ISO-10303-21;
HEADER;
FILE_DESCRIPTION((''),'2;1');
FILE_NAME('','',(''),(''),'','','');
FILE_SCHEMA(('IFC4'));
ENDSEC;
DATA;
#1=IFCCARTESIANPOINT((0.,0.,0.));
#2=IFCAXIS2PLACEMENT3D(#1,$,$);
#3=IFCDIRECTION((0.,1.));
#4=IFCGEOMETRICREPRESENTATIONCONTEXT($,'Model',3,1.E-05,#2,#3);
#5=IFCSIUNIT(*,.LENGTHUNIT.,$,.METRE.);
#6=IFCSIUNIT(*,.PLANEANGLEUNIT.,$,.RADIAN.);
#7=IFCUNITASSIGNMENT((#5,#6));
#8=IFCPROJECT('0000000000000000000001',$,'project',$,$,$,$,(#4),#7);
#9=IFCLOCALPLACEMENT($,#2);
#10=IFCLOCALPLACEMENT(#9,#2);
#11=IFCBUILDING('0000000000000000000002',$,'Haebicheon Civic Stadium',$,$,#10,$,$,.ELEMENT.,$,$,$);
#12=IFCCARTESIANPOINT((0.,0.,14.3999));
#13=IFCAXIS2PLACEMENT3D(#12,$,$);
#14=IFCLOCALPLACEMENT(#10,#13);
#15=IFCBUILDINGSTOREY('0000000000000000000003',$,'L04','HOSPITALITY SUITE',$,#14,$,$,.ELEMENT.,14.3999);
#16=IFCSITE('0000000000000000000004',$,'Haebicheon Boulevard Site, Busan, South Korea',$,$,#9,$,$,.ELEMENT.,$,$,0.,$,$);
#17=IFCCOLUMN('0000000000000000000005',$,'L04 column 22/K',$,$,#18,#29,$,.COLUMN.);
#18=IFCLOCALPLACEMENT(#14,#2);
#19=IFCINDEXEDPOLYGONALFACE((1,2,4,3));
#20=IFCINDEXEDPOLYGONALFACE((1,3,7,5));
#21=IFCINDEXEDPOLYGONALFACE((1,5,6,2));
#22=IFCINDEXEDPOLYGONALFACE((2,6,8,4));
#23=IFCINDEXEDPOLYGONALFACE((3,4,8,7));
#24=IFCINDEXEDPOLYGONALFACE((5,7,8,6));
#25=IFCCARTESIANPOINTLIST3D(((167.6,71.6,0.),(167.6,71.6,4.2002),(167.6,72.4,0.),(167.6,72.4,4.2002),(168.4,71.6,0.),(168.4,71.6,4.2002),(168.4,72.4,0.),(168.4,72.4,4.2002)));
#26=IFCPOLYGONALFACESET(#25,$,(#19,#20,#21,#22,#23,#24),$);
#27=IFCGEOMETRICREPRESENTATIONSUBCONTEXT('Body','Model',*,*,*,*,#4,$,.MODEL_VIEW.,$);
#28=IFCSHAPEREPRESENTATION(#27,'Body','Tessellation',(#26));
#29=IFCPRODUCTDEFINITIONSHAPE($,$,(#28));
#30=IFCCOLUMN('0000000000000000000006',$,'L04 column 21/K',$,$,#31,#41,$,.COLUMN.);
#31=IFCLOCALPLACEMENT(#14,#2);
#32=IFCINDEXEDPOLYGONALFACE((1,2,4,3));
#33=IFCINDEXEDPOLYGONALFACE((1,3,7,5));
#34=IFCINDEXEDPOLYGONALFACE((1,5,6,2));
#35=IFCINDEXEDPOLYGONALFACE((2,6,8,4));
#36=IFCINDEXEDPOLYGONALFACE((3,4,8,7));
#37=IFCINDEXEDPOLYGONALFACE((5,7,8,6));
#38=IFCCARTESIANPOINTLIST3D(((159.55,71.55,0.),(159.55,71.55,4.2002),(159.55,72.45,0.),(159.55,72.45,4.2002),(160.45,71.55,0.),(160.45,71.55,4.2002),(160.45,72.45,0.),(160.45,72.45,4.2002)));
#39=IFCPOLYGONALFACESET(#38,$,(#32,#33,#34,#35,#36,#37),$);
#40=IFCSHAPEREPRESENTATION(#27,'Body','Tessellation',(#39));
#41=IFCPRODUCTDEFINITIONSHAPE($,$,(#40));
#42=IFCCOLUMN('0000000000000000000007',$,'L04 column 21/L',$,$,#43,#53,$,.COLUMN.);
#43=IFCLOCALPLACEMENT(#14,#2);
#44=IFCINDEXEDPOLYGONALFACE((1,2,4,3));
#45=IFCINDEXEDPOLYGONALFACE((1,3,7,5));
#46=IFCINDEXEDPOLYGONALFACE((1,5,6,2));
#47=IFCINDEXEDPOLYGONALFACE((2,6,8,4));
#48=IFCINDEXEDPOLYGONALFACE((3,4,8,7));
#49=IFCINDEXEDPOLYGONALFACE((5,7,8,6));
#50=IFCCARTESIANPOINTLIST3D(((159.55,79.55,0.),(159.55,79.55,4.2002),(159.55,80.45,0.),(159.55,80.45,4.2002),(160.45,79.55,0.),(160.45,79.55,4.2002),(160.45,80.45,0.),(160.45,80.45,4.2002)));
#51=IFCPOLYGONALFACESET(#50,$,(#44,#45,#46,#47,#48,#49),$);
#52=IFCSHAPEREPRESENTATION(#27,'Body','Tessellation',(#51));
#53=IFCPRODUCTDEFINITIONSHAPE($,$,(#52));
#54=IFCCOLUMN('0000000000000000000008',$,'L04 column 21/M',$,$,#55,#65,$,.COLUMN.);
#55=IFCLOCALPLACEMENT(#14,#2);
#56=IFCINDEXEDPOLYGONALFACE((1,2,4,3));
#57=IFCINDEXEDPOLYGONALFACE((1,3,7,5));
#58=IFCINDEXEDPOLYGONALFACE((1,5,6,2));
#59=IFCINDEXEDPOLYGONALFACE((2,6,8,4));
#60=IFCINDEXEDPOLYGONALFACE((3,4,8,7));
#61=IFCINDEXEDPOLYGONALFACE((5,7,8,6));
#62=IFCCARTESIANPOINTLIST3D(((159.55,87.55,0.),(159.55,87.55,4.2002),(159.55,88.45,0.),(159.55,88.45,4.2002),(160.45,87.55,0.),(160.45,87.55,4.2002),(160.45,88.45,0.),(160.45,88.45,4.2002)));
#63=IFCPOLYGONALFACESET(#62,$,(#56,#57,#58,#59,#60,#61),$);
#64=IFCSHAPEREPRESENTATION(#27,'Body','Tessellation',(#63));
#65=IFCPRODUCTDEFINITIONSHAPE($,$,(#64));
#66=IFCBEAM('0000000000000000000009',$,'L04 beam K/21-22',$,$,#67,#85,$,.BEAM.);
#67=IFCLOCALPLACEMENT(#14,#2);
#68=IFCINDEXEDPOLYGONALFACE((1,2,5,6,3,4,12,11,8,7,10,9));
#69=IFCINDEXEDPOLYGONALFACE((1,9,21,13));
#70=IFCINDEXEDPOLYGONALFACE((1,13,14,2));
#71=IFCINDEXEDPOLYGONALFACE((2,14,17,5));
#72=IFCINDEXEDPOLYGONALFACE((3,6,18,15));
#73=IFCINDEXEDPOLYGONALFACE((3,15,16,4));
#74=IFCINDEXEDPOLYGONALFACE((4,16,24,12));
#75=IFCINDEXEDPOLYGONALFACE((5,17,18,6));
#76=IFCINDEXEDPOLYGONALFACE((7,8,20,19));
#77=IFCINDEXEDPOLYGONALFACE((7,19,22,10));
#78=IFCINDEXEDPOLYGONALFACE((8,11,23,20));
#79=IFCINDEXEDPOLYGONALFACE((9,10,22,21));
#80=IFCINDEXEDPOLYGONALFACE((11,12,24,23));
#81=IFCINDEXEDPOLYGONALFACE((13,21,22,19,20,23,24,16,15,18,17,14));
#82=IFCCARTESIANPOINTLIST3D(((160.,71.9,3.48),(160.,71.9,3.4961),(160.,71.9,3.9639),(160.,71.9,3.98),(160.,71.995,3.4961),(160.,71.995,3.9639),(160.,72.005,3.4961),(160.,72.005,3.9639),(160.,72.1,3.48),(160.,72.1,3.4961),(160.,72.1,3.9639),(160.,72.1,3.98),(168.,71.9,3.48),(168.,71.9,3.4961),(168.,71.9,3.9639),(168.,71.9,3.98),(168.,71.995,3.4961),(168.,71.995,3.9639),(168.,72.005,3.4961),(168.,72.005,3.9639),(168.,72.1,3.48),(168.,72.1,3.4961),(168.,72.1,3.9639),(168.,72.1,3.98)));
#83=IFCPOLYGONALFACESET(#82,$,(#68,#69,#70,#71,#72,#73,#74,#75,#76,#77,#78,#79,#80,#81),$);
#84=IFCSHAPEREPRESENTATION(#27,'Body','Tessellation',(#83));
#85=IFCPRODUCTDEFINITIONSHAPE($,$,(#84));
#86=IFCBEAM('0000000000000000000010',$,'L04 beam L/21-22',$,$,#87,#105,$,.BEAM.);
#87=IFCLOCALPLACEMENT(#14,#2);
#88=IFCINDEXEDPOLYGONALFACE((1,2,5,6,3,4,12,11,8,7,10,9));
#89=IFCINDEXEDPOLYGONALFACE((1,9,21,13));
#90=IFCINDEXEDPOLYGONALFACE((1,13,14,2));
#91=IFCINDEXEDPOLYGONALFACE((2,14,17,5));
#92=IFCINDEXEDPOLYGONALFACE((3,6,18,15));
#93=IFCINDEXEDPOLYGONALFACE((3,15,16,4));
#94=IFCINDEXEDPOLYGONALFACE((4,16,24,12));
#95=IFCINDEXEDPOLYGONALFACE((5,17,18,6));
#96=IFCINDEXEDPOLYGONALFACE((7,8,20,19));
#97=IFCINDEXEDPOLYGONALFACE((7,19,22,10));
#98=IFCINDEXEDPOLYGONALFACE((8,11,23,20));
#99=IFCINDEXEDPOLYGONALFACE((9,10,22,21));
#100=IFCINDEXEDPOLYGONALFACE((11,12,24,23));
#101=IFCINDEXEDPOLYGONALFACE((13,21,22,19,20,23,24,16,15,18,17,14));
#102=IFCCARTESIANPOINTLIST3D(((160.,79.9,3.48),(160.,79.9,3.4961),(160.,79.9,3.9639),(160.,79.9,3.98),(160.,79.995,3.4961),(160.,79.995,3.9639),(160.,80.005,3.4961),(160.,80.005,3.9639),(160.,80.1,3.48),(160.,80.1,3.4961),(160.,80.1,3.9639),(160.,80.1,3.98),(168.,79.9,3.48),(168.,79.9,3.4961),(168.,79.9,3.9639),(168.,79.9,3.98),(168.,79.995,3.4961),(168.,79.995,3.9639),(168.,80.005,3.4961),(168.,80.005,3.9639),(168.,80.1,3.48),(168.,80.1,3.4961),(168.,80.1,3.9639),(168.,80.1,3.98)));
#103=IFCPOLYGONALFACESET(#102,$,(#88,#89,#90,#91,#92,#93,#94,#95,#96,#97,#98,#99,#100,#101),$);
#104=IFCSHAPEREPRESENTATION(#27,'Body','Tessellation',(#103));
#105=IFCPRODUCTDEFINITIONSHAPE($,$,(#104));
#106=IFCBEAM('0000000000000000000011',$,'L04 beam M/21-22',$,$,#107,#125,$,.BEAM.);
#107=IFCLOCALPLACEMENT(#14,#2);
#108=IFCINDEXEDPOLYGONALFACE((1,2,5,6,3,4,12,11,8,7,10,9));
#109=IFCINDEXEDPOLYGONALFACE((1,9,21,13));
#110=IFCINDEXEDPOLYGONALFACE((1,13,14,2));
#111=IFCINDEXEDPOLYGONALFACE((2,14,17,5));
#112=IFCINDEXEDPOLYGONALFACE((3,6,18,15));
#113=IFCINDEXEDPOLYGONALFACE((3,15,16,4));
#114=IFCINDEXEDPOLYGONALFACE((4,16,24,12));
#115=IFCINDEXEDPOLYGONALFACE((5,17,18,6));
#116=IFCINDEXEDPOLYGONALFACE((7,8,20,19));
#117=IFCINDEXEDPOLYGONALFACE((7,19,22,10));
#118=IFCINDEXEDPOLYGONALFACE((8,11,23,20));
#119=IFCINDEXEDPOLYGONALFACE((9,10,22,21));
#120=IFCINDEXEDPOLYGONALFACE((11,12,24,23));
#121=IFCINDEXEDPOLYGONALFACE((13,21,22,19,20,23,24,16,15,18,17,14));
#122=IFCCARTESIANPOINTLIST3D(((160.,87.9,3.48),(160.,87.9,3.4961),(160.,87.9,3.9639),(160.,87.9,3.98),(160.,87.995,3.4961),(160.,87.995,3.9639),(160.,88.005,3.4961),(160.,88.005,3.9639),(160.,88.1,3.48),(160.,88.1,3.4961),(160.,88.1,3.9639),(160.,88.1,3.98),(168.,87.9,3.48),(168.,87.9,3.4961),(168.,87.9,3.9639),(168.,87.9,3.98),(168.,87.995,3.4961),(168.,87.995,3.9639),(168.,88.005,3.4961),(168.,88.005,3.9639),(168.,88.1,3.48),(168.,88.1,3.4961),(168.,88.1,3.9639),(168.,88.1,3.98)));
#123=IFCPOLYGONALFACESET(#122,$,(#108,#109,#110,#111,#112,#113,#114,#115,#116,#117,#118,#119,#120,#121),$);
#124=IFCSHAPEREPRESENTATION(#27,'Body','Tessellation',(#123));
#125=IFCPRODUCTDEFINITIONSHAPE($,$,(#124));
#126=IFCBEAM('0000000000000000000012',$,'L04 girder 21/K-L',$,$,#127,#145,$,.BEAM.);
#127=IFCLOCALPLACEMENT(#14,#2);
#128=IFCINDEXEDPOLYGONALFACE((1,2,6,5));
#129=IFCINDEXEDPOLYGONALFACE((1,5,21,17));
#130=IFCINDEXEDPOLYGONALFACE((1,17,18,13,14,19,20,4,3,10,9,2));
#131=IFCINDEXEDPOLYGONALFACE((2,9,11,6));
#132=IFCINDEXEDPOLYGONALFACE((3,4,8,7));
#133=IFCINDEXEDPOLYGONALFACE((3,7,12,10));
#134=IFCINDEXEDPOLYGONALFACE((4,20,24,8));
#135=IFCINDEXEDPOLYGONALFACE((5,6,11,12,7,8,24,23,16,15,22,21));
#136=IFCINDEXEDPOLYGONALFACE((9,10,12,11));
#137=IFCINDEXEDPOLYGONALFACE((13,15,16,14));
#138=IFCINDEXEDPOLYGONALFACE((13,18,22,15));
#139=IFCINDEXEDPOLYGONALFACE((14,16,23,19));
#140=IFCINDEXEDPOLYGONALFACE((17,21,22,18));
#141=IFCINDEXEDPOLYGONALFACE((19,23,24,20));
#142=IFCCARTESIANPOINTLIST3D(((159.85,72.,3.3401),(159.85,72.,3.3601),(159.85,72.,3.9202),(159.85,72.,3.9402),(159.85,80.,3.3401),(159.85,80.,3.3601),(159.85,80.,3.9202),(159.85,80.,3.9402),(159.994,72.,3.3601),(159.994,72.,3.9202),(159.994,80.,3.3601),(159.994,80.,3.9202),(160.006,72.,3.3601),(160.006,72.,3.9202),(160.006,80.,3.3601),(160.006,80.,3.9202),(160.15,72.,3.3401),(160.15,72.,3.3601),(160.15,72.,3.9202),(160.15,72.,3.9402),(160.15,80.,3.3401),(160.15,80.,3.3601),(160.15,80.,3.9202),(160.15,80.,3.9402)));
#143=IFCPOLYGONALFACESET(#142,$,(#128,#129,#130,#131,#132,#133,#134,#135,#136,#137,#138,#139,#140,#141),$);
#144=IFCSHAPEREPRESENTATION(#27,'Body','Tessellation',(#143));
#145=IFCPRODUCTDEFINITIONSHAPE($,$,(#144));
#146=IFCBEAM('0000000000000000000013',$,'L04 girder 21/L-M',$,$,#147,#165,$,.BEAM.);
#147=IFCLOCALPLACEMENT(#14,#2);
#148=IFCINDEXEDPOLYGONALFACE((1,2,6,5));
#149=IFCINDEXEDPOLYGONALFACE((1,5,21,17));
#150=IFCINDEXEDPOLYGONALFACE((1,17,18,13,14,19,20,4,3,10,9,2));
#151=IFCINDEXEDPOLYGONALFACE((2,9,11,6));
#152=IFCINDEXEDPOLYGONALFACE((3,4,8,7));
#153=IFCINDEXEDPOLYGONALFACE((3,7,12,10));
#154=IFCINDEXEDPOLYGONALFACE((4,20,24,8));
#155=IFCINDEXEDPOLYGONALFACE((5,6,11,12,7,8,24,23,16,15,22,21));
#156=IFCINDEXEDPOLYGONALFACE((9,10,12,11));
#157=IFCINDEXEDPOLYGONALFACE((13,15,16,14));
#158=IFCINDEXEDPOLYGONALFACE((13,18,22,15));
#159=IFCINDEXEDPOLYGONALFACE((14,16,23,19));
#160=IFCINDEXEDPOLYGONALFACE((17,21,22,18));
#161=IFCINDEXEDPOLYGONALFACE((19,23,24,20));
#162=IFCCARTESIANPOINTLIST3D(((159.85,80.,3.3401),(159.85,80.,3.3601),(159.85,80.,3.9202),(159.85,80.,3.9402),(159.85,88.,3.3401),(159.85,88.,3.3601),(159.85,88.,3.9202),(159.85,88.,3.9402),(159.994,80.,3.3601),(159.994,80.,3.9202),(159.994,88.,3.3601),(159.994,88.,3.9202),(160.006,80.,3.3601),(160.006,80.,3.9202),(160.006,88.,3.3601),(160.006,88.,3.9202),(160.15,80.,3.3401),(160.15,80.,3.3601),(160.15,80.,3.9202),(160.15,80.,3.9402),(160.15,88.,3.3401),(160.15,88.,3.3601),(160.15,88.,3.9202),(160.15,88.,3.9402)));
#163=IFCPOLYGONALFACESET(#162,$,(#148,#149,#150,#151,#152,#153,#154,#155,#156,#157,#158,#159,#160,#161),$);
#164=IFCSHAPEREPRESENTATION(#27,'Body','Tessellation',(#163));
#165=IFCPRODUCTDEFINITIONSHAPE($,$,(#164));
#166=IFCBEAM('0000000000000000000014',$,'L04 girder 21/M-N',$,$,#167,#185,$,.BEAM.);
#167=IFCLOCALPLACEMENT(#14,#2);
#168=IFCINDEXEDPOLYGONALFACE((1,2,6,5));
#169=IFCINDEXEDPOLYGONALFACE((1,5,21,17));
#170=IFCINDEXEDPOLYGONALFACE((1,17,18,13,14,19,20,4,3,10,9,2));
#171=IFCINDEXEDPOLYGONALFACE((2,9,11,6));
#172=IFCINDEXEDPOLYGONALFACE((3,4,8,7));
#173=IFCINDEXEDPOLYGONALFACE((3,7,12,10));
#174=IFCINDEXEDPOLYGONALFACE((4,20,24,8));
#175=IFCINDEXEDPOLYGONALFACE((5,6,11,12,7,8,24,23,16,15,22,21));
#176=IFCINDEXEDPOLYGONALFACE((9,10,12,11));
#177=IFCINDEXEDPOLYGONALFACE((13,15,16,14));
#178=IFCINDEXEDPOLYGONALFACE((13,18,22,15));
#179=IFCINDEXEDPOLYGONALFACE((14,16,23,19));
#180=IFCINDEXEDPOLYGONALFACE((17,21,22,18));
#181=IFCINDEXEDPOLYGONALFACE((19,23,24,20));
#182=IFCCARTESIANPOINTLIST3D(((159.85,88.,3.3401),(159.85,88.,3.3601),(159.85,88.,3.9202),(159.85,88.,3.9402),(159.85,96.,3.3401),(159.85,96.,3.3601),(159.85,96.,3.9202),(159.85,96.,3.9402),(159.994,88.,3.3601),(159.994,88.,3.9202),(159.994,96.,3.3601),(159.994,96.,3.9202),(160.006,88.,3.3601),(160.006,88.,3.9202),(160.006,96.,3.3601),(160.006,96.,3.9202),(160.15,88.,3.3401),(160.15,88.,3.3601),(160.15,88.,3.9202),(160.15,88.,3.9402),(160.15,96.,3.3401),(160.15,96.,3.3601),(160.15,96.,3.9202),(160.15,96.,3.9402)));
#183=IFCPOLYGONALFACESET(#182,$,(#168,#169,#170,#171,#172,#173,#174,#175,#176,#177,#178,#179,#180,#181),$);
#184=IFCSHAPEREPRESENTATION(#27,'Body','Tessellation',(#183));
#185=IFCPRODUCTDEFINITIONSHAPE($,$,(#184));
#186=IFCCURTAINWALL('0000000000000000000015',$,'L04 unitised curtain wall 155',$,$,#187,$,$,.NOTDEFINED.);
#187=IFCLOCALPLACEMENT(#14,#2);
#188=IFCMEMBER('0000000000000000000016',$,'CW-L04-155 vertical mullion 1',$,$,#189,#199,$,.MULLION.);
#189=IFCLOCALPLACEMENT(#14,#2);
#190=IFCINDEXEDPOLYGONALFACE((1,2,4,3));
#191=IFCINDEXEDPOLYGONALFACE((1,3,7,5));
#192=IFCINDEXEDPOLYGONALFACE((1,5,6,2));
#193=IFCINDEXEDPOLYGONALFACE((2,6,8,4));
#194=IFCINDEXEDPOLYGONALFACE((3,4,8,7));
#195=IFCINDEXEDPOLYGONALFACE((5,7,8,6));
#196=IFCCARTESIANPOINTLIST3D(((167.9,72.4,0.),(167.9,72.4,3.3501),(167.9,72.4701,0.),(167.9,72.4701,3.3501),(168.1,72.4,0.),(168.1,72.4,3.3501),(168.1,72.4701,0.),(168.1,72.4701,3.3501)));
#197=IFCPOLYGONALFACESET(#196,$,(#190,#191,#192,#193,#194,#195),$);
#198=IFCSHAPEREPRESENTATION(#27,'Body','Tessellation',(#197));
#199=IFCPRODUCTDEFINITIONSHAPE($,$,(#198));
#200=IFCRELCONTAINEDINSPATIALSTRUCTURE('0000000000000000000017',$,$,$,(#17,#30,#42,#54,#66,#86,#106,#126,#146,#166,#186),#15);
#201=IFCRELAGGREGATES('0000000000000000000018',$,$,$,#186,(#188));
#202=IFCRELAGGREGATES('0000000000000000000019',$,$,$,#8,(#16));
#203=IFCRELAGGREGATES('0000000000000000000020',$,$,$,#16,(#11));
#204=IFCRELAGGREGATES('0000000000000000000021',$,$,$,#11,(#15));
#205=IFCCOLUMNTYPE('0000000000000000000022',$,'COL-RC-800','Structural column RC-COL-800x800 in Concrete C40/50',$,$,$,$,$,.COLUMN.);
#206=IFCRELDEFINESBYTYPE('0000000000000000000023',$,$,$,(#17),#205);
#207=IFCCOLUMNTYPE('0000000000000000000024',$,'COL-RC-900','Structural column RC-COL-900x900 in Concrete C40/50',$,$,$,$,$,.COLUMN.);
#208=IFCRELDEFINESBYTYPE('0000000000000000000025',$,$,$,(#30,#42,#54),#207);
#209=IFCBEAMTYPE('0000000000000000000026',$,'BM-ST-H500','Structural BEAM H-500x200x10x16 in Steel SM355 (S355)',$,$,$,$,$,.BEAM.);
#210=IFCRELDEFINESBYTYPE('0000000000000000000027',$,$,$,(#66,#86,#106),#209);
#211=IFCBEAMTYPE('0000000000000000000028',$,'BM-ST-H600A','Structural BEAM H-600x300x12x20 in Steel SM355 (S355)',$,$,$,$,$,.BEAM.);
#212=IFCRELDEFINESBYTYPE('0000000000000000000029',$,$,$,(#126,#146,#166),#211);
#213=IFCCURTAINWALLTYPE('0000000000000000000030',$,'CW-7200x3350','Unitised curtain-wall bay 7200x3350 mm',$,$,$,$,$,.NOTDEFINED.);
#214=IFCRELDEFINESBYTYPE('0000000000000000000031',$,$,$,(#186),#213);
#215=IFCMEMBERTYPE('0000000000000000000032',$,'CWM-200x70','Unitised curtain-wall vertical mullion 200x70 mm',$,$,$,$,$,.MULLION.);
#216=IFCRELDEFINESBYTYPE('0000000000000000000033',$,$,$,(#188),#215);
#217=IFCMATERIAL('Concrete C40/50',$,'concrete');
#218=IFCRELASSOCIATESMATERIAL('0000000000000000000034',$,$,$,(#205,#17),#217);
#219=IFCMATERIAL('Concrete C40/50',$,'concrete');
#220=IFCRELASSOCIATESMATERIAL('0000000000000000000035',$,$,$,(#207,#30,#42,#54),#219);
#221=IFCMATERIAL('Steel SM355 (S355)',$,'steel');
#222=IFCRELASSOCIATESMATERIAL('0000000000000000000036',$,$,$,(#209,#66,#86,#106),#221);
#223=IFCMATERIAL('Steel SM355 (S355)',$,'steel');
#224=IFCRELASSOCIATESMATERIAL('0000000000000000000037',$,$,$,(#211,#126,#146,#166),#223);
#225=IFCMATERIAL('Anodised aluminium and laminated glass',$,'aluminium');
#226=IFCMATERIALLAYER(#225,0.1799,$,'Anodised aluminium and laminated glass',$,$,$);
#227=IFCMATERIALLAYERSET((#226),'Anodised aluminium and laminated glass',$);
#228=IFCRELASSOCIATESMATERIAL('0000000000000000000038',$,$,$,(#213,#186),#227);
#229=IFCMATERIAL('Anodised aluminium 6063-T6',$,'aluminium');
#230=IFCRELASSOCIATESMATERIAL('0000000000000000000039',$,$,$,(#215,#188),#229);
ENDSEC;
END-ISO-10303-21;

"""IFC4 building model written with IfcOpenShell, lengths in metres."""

from ifc_helpers import new_model, si_unit, direction, frame, origin, origin_2d, place, context, subcontext, project, spatial, rectangle, i_section, extrude, material, layer, layer_set, material_profile, profile_set, type_object, element, aggregate, save


model = new_model("IFC4")

# Units and contexts
model_context = context("Model", 3, precision=1e-05, world=origin(), true_north=direction((0.0, 1.0)))
body_context = subcontext(model_context, "Body", "Model", "MODEL_VIEW")
ifc_project = project(units=[si_unit("LENGTHUNIT", "METRE"), si_unit("PLANEANGLEUNIT", "RADIAN")], contexts=[model_context])

# Site, building, storey
site_placement = place(None, origin())
site = spatial("IfcSite", under=ifc_project, at=site_placement, Name="Haebicheon Boulevard Site, Busan, South Korea", CompositionType="ELEMENT", RefElevation=0.0)
building_placement = place(site_placement, origin())
building = spatial("IfcBuilding", under=site, at=building_placement, Name="Haebicheon Civic Stadium", CompositionType="ELEMENT")
storey_placement = place(building_placement, frame((0.0, 0.0, 14.3999)))
storey = spatial("IfcBuildingStorey", under=building, at=storey_placement, Name="L04", Description="HOSPITALITY SUITE", CompositionType="ELEMENT", Elevation=14.3999)

# Columns
ifc_material_1 = material(Name="Concrete C40/50", Category="concrete")
ifc_material_profile_1 = material_profile(ifc_material_1, rectangle(XDim=0.8, YDim=0.8, at=origin_2d()), Name="RC-COL-800x800")
ifc_profile_set_1 = profile_set([ifc_material_profile_1], Name="Concrete C40/50")
column_type_1 = type_object("IfcColumnType", Name="COL-RC-800", Description="Structural column RC-COL-800x800 in Concrete C40/50", PredefinedType="COLUMN", material=ifc_profile_set_1)
column_placement = place(storey_placement, frame((168.0, 72.0, 0.0), z_axis=(0.0, 0.0, 1.0), x_axis=(1.0, 0.0, 0.0)))
element("IfcColumn", 1, at=column_placement, inside=storey, type_object=column_type_1, material=ifc_profile_set_1, Name="L04 column 22/K", PredefinedType="COLUMN", context=body_context, shape_type="SweptSolid", body=[
    extrude(rectangle(XDim=0.8, YDim=0.8, at=origin_2d()), origin(), (0.0, 0.0, 1.0), 4.2002),
])
ifc_material_2 = material(Name="Concrete C40/50", Category="concrete")
ifc_material_profile_2 = material_profile(ifc_material_2, rectangle(XDim=0.8999, YDim=0.8999, at=origin_2d()), Name="RC-COL-900x900")
ifc_profile_set_2 = profile_set([ifc_material_profile_2], Name="Concrete C40/50")
column_type_2 = type_object("IfcColumnType", Name="COL-RC-900", Description="Structural column RC-COL-900x900 in Concrete C40/50", PredefinedType="COLUMN", material=ifc_profile_set_2)
for number, where, z_axis, x_axis, name in (
    (2, (160.0, 72.0, 0.0), (0.0, 0.0, 1.0), (1.0, 0.0, 0.0), "L04 column 21/K"),
    (3, (160.0, 80.0, 0.0), (0.0, 0.0, 1.0), (1.0, 0.0, 0.0), "L04 column 21/L"),
    (4, (160.0, 88.0, 0.0), (0.0, 0.0, 1.0), (1.0, 0.0, 0.0), "L04 column 21/M"),
):
    element("IfcColumn", number, at=place(storey_placement, frame(where, z_axis=z_axis, x_axis=x_axis)), inside=storey, type_object=column_type_2, material=ifc_profile_set_2, Name=name, PredefinedType="COLUMN", context=body_context, shape_type="SweptSolid", body=[
        extrude(rectangle(XDim=0.8999, YDim=0.8999, at=origin_2d()), origin(), (0.0, 0.0, 1.0), 4.2002),
    ])

# Beams
ifc_material_3 = material(Name="Steel SM355 (S355)", Category="steel")
ifc_material_profile_3 = material_profile(ifc_material_3, i_section(OverallWidth=0.2, OverallDepth=0.5, WebThickness=0.01, FlangeThickness=0.0161, at=origin_2d()), Name="H-500x200x10x16")
ifc_profile_set_3 = profile_set([ifc_material_profile_3], Name="Steel SM355 (S355)")
beam_type_1 = type_object("IfcBeamType", Name="BM-ST-H500", Description="Structural BEAM H-500x200x10x16 in Steel SM355 (S355)", PredefinedType="BEAM", material=ifc_profile_set_3)
for number, where, z_axis, x_axis, name in (
    (5, (160.0, 72.0, 3.73), (1.0, 0.0, 0.0), (0.0, 1.0, 0.0), "L04 beam K/21-22"),
    (6, (160.0, 80.0, 3.73), (1.0, 0.0, 0.0), (0.0, 1.0, 0.0), "L04 beam L/21-22"),
    (7, (160.0, 88.0, 3.73), (1.0, 0.0, 0.0), (0.0, 1.0, 0.0), "L04 beam M/21-22"),
):
    element("IfcBeam", number, at=place(storey_placement, frame(where, z_axis=z_axis, x_axis=x_axis)), inside=storey, type_object=beam_type_1, material=ifc_profile_set_3, Name=name, PredefinedType="BEAM", context=body_context, shape_type="SweptSolid", body=[
        extrude(i_section(OverallWidth=0.2, OverallDepth=0.5, WebThickness=0.01, FlangeThickness=0.0161, at=origin_2d()), origin(), (0.0, 0.0, 1.0), 8.0),
    ])
ifc_material_4 = material(Name="Steel SM355 (S355)", Category="steel")
ifc_material_profile_4 = material_profile(ifc_material_4, i_section(OverallWidth=0.3, OverallDepth=0.6001, WebThickness=0.012, FlangeThickness=0.02, at=origin_2d()), Name="H-600x300x12x20")
ifc_profile_set_4 = profile_set([ifc_material_profile_4], Name="Steel SM355 (S355)")
beam_type_2 = type_object("IfcBeamType", Name="BM-ST-H600A", Description="Structural BEAM H-600x300x12x20 in Steel SM355 (S355)", PredefinedType="BEAM", material=ifc_profile_set_4)
for number, where, z_axis, x_axis, name in (
    (8, (160.0, 72.0, 3.6401), (0.0, 1.0, 0.0), (-1.0, 0.0, 0.0), "L04 girder 21/K-L"),
    (9, (160.0, 80.0, 3.6401), (0.0, 1.0, 0.0), (-1.0, 0.0, 0.0), "L04 girder 21/L-M"),
    (10, (160.0, 88.0, 3.6401), (0.0, 1.0, 0.0), (-1.0, 0.0, 0.0), "L04 girder 21/M-N"),
):
    element("IfcBeam", number, at=place(storey_placement, frame(where, z_axis=z_axis, x_axis=x_axis)), inside=storey, type_object=beam_type_2, material=ifc_profile_set_4, Name=name, PredefinedType="BEAM", context=body_context, shape_type="SweptSolid", body=[
        extrude(i_section(OverallWidth=0.3, OverallDepth=0.6001, WebThickness=0.012, FlangeThickness=0.02, at=origin_2d()), origin(), (0.0, 0.0, 1.0), 8.0),
    ])

# Curtain wall, member
ifc_material_5 = material(Name="Anodised aluminium and laminated glass", Category="aluminium")
ifc_layer_1 = layer(ifc_material_5, 0.1799, Name="Anodised aluminium and laminated glass")
ifc_layer_set_1 = layer_set([ifc_layer_1], Name="Anodised aluminium and laminated glass")
curtain_wall_type = type_object("IfcCurtainWallType", Name="CW-7200x3350", Description="Unitised curtain-wall bay 7200x3350 mm", PredefinedType="NOTDEFINED", material=ifc_layer_set_1)
curtain_wall_placement = place(storey_placement, origin())
curtain_wall = element("IfcCurtainWall", 11, at=curtain_wall_placement, inside=storey, type_object=curtain_wall_type, material=ifc_layer_set_1, Name="L04 unitised curtain wall 155", PredefinedType="NOTDEFINED")
ifc_material_6 = material(Name="Anodised aluminium 6063-T6", Category="aluminium")
ifc_material_profile_5 = material_profile(ifc_material_6, rectangle(XDim=0.0701, YDim=0.2, at=origin_2d()), Name="ALU-MULL-70x200")
ifc_profile_set_5 = profile_set([ifc_material_profile_5], Name="Anodised aluminium 6063-T6")
member_type_1 = type_object("IfcMemberType", Name="CWM-200x70", Description="Unitised curtain-wall vertical mullion 200x70 mm", PredefinedType="MULLION", material=ifc_profile_set_5)
member_1_placement = place(storey_placement, frame((168.0, 72.4351, 0.0), z_axis=(0.0, 0.0, 1.0), x_axis=(0.0, 1.0, 0.0)))
member_1 = element("IfcMember", 12, at=member_1_placement, type_object=member_type_1, material=ifc_profile_set_5, Name="CW-L04-155 vertical mullion 1", PredefinedType="MULLION", context=body_context, shape_type="SweptSolid", body=[
    extrude(rectangle(XDim=0.0701, YDim=0.2, at=origin_2d()), origin(), (0.0, 0.0, 1.0), 3.3501),
])

aggregate(curtain_wall, [member_1])

save(model, "model.ifc")
